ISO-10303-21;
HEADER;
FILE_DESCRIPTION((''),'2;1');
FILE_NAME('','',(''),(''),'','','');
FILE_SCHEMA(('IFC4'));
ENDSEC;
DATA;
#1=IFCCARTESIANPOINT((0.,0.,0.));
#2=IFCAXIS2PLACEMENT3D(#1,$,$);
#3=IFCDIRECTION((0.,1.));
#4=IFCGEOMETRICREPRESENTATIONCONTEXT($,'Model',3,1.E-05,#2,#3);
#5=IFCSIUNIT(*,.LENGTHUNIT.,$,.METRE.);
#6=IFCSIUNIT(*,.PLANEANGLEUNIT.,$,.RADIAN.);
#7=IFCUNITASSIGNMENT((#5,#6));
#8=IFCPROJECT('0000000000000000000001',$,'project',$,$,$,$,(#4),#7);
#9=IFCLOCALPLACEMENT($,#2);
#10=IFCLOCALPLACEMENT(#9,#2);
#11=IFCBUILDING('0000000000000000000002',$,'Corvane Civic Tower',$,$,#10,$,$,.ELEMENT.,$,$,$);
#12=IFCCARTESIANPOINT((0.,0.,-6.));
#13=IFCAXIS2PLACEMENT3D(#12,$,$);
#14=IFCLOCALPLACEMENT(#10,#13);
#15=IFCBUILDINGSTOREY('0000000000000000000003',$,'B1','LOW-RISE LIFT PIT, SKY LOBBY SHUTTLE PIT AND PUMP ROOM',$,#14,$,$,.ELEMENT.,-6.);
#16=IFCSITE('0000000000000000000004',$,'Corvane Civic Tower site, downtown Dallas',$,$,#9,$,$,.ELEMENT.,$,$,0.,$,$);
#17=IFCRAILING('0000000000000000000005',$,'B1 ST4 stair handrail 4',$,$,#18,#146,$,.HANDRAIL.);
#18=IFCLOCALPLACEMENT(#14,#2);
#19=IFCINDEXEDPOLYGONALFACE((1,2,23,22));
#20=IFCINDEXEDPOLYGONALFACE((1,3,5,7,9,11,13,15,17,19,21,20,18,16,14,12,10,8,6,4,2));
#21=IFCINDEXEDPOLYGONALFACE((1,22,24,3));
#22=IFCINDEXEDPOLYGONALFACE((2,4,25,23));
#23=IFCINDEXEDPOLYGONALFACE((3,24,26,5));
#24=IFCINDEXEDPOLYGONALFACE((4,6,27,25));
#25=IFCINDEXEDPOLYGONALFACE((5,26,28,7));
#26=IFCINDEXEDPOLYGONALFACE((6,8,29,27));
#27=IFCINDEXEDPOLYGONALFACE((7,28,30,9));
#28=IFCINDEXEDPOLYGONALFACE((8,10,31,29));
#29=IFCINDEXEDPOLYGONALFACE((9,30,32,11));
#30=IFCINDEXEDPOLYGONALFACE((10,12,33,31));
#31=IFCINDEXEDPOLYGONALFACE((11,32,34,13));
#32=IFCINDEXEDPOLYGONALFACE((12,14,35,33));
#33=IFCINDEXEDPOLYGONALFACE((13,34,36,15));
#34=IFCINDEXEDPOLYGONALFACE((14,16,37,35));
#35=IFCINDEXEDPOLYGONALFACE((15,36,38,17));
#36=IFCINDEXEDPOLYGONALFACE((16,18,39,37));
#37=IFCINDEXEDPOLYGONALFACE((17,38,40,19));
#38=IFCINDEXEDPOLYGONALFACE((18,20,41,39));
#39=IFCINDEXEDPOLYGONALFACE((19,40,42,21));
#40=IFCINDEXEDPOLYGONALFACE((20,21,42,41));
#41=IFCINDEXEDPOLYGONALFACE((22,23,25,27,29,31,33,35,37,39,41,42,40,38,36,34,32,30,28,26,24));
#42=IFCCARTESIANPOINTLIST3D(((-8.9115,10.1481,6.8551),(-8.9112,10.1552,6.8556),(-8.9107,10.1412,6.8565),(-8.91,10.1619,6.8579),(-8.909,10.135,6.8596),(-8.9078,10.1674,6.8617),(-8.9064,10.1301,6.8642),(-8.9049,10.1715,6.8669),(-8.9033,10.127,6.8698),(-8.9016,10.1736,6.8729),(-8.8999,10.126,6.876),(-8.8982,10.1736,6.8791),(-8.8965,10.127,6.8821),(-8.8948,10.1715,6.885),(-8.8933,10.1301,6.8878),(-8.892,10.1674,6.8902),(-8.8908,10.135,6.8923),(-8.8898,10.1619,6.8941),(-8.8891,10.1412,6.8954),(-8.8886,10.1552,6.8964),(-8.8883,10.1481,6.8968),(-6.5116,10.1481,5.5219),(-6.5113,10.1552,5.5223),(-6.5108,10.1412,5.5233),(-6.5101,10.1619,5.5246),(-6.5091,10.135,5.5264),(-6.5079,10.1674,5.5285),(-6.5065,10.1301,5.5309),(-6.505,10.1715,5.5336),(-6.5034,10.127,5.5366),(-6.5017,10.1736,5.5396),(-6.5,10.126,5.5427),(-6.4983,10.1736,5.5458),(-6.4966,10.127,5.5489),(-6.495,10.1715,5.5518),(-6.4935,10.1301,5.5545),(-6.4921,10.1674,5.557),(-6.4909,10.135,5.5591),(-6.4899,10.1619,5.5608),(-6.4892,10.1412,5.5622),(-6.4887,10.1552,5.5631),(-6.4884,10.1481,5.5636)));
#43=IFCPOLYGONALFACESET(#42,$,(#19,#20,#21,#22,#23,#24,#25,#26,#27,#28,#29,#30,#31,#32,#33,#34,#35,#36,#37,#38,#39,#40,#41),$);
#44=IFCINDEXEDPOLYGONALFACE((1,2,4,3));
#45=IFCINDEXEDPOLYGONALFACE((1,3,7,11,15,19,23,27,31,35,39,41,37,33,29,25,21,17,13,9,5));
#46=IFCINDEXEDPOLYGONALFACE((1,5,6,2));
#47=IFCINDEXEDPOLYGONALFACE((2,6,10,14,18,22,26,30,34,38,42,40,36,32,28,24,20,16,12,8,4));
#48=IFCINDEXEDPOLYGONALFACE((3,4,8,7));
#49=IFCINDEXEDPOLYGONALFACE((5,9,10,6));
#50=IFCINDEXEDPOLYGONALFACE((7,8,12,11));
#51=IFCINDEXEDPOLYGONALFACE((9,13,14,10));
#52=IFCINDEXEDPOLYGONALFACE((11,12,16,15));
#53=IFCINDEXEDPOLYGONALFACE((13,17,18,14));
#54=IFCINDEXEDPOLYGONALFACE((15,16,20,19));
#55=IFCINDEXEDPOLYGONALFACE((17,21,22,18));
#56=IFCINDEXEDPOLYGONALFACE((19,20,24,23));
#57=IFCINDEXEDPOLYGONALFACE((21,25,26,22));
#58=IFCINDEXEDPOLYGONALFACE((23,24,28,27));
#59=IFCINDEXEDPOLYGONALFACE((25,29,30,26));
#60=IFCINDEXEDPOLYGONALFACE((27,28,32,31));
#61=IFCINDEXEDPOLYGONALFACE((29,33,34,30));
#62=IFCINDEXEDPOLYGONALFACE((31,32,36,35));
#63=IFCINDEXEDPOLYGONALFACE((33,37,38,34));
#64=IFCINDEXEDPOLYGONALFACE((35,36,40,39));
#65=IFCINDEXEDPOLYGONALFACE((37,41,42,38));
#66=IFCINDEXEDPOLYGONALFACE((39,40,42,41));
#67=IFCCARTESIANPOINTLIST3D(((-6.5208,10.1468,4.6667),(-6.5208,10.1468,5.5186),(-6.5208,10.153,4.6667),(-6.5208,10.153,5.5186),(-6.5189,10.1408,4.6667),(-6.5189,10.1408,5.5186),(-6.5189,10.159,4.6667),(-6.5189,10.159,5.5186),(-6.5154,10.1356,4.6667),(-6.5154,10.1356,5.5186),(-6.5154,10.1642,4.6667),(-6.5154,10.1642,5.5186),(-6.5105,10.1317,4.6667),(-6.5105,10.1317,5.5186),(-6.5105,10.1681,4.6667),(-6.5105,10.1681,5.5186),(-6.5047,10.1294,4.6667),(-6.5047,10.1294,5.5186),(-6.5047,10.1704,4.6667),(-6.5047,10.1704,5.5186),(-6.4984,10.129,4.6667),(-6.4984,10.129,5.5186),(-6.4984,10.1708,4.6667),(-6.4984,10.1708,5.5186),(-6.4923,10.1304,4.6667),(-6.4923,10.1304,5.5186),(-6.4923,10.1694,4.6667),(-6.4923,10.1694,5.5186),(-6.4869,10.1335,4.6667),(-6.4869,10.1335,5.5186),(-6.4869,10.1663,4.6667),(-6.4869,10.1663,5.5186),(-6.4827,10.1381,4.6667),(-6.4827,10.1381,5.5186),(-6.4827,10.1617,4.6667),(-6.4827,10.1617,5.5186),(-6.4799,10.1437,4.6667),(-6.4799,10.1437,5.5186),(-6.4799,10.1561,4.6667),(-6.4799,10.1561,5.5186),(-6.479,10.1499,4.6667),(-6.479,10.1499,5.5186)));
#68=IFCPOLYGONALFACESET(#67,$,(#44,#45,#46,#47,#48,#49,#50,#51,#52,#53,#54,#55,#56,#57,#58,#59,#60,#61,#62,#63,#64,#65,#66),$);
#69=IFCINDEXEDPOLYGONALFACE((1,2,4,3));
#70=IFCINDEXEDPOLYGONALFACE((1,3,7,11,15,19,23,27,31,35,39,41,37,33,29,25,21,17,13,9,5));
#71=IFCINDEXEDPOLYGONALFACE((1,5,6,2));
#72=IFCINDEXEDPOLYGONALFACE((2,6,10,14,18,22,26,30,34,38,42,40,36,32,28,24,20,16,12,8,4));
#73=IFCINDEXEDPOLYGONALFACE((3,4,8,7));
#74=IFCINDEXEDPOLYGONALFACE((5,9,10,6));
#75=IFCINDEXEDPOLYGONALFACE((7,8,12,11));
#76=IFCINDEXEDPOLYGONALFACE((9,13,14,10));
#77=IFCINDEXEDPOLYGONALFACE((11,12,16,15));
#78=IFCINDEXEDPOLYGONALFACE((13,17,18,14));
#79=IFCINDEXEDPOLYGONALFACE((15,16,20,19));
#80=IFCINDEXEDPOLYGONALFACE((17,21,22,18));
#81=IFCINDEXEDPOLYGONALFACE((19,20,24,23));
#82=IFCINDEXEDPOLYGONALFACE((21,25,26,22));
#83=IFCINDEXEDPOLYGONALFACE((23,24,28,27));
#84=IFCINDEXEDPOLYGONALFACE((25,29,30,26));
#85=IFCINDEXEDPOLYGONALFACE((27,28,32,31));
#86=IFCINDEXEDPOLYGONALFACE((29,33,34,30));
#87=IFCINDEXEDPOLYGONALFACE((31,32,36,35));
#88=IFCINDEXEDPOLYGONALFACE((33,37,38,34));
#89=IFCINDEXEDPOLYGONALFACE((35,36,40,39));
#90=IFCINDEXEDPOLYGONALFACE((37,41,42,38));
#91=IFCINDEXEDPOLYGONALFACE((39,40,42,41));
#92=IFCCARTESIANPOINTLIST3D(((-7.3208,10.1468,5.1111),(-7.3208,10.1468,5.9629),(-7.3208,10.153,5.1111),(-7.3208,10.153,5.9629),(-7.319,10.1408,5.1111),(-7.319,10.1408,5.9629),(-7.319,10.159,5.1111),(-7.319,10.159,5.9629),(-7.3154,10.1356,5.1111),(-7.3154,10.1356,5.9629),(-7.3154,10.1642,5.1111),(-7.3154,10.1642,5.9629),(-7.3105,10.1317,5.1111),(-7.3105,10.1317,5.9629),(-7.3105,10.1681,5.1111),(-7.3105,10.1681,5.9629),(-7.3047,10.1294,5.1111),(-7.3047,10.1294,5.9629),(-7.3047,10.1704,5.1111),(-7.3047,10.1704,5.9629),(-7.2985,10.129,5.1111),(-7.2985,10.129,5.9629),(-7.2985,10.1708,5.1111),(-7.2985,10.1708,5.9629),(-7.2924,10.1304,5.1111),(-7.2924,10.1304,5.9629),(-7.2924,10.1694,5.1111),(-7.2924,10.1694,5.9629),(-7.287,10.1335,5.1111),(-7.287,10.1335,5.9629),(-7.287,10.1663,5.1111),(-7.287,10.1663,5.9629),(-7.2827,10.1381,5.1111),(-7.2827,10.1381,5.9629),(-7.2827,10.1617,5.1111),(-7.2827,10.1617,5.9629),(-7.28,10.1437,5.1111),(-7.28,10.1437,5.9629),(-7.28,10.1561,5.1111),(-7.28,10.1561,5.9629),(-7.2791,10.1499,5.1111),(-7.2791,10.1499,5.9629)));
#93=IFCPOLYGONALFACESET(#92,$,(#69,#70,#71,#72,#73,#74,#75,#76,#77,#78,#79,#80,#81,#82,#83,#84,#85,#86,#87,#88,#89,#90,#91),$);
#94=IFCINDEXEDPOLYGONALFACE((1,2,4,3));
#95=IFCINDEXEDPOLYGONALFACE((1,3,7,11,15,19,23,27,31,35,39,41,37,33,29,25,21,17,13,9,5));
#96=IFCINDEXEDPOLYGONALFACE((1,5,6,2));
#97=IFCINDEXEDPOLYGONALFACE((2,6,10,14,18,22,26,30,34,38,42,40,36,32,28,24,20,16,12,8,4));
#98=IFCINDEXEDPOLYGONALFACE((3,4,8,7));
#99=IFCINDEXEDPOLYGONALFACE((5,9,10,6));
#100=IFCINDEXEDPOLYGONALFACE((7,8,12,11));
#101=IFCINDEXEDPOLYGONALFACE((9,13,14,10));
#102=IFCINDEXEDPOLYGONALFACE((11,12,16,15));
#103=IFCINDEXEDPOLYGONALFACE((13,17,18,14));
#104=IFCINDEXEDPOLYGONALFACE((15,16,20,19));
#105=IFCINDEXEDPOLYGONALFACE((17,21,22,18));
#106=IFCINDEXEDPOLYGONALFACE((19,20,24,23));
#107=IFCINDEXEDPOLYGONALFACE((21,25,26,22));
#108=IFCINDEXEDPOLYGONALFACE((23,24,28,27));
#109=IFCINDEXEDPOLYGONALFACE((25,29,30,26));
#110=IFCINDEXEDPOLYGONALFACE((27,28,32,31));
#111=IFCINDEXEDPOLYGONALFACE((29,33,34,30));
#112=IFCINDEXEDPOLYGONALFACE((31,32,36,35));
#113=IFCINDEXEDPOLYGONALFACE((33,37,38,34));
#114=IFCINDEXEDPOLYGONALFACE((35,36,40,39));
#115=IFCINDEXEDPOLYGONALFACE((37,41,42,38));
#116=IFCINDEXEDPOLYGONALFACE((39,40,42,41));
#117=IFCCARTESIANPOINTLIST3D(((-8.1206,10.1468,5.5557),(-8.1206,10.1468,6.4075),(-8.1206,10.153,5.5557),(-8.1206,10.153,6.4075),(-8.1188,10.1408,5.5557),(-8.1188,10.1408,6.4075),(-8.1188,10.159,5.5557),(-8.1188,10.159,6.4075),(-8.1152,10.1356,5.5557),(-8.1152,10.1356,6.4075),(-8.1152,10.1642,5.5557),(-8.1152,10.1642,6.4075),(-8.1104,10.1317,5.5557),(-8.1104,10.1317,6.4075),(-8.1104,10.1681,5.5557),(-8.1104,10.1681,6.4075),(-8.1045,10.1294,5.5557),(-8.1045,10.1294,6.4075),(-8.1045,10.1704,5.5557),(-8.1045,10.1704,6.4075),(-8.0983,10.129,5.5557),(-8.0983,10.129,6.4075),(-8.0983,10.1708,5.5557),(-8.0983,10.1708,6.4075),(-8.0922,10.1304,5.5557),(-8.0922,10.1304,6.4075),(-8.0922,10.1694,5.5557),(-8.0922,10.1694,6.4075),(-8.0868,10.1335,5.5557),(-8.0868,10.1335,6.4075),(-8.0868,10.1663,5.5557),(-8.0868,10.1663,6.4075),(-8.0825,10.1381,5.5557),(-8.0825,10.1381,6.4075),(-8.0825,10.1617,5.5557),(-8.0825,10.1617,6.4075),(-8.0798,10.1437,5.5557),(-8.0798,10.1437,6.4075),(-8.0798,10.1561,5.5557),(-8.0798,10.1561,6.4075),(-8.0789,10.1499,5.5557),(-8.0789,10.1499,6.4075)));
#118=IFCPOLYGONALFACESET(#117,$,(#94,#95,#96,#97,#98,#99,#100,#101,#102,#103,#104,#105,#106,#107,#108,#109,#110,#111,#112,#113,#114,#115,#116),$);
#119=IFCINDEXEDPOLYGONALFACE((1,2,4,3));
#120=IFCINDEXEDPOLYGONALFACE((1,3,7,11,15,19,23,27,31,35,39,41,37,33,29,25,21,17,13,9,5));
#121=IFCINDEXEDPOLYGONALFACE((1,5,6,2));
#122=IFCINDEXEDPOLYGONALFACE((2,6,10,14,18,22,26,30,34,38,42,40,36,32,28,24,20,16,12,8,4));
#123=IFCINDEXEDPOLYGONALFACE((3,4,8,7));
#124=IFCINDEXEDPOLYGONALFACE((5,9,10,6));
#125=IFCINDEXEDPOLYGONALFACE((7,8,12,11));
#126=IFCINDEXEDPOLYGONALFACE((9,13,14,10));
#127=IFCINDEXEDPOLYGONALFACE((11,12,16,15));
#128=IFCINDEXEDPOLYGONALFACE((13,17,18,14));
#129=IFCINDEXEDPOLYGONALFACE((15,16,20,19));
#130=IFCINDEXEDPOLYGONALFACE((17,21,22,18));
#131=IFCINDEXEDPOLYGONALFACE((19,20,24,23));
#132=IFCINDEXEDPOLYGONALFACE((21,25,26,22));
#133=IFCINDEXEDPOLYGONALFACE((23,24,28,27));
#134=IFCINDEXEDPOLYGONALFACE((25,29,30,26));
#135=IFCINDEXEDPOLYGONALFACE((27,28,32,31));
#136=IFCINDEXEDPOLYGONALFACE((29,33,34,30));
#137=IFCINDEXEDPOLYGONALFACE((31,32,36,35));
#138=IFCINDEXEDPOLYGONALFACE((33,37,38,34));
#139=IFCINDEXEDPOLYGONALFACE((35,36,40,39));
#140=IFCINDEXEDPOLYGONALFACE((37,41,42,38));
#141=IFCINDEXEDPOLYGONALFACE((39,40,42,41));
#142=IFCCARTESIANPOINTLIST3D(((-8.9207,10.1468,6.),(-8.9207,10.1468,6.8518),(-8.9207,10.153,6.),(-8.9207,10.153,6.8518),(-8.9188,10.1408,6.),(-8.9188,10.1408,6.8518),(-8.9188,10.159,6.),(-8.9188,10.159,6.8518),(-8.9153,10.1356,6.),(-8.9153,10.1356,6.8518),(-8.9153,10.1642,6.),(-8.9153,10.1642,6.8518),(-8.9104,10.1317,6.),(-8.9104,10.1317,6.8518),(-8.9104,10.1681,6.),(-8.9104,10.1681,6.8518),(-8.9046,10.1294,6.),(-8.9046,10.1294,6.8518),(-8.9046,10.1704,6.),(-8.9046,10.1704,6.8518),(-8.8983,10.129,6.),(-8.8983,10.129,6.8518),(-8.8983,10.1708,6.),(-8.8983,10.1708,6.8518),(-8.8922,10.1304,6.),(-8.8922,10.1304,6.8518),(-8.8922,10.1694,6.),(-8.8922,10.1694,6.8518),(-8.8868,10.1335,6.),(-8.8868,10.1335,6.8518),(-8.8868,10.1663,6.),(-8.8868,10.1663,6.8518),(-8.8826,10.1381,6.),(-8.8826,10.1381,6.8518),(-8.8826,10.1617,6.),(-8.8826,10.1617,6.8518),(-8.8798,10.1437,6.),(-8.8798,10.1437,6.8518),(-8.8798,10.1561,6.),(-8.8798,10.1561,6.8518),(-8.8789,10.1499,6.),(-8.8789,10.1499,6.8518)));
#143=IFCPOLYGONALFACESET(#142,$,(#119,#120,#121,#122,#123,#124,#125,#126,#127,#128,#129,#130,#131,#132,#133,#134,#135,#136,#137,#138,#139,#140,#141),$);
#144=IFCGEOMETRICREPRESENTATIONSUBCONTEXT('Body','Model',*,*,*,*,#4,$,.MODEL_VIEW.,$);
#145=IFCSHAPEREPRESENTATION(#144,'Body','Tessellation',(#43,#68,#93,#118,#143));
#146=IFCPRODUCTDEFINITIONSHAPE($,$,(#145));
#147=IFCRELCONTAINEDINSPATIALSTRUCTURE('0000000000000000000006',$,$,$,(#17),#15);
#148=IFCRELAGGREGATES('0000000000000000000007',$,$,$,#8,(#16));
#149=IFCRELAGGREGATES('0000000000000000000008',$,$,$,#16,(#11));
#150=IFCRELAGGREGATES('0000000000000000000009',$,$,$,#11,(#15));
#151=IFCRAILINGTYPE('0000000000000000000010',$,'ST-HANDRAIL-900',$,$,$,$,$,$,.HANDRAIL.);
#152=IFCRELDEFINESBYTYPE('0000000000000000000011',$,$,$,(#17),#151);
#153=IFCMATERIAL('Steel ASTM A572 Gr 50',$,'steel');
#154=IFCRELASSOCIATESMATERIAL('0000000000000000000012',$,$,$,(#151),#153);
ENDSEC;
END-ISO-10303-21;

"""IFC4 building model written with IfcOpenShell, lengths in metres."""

from ifc_helpers import new_model, si_unit, direction, frame, origin, origin_2d, place, context, subcontext, project, spatial, circle, extrude, material, type_object, element, save


model = new_model("IFC4")

# Units and contexts
model_context = context("Model", 3, precision=1e-05, world=origin(), true_north=direction((0.0, 1.0)))
body_context = subcontext(model_context, "Body", "Model", "MODEL_VIEW")
ifc_project = project(units=[si_unit("LENGTHUNIT", "METRE"), si_unit("PLANEANGLEUNIT", "RADIAN")], contexts=[model_context])

# Site, building, storey
site_placement = place(None, origin())
site = spatial("IfcSite", under=ifc_project, at=site_placement, Name="Corvane Civic Tower site, downtown Dallas", CompositionType="ELEMENT", RefElevation=0.0)
building_placement = place(site_placement, origin())
building = spatial("IfcBuilding", under=site, at=building_placement, Name="Corvane Civic Tower", CompositionType="ELEMENT")
storey_placement = place(building_placement, frame((0.0, 0.0, -6.0)))
storey = spatial("IfcBuildingStorey", under=building, at=storey_placement, Name="B1", Description="LOW-RISE LIFT PIT, SKY LOBBY SHUTTLE PIT AND PUMP ROOM", CompositionType="ELEMENT", Elevation=-6.0)

# Railing
ifc_material_1 = material(Name="Steel ASTM A572 Gr 50", Category="steel")
railing_type = type_object("IfcRailingType", Name="ST-HANDRAIL-900", PredefinedType="HANDRAIL", material=ifc_material_1)
for number, where, name in (
    (1, (-6.5, 10.1499, 4.6667), "B1 ST4 stair handrail 4"),
):
    element("IfcRailing", number, at=place(storey_placement, frame(where)), inside=storey, type_object=railing_type, Name=name, PredefinedType="HANDRAIL", context=body_context, shape_type="SweptSolid", body=[
        extrude(circle(Radius=0.0239, at=origin_2d()), frame((0.0, 0.0, 0.876), z_axis=(-0.874161, 0.0, 0.485635), x_axis=(0.0, -1.0, 0.0)), (0.0, 0.0, 1.0), 2.7454),
        extrude(circle(Radius=0.021, at=origin_2d()), origin(), (0.0, 0.0, 1.0), 0.8518),
        extrude(circle(Radius=0.021, at=origin_2d()), frame((-0.8, 0.0, 0.4443)), (0.0, 0.0, 1.0), 0.8518),
        extrude(circle(Radius=0.021, at=origin_2d()), frame((-1.5999, 0.0, 0.8889)), (0.0, 0.0, 1.0), 0.8518),
        extrude(circle(Radius=0.021, at=origin_2d()), frame((-2.3999, 0.0, 1.3333)), (0.0, 0.0, 1.0), 0.8518),
    ])

save(model, "model.ifc")
